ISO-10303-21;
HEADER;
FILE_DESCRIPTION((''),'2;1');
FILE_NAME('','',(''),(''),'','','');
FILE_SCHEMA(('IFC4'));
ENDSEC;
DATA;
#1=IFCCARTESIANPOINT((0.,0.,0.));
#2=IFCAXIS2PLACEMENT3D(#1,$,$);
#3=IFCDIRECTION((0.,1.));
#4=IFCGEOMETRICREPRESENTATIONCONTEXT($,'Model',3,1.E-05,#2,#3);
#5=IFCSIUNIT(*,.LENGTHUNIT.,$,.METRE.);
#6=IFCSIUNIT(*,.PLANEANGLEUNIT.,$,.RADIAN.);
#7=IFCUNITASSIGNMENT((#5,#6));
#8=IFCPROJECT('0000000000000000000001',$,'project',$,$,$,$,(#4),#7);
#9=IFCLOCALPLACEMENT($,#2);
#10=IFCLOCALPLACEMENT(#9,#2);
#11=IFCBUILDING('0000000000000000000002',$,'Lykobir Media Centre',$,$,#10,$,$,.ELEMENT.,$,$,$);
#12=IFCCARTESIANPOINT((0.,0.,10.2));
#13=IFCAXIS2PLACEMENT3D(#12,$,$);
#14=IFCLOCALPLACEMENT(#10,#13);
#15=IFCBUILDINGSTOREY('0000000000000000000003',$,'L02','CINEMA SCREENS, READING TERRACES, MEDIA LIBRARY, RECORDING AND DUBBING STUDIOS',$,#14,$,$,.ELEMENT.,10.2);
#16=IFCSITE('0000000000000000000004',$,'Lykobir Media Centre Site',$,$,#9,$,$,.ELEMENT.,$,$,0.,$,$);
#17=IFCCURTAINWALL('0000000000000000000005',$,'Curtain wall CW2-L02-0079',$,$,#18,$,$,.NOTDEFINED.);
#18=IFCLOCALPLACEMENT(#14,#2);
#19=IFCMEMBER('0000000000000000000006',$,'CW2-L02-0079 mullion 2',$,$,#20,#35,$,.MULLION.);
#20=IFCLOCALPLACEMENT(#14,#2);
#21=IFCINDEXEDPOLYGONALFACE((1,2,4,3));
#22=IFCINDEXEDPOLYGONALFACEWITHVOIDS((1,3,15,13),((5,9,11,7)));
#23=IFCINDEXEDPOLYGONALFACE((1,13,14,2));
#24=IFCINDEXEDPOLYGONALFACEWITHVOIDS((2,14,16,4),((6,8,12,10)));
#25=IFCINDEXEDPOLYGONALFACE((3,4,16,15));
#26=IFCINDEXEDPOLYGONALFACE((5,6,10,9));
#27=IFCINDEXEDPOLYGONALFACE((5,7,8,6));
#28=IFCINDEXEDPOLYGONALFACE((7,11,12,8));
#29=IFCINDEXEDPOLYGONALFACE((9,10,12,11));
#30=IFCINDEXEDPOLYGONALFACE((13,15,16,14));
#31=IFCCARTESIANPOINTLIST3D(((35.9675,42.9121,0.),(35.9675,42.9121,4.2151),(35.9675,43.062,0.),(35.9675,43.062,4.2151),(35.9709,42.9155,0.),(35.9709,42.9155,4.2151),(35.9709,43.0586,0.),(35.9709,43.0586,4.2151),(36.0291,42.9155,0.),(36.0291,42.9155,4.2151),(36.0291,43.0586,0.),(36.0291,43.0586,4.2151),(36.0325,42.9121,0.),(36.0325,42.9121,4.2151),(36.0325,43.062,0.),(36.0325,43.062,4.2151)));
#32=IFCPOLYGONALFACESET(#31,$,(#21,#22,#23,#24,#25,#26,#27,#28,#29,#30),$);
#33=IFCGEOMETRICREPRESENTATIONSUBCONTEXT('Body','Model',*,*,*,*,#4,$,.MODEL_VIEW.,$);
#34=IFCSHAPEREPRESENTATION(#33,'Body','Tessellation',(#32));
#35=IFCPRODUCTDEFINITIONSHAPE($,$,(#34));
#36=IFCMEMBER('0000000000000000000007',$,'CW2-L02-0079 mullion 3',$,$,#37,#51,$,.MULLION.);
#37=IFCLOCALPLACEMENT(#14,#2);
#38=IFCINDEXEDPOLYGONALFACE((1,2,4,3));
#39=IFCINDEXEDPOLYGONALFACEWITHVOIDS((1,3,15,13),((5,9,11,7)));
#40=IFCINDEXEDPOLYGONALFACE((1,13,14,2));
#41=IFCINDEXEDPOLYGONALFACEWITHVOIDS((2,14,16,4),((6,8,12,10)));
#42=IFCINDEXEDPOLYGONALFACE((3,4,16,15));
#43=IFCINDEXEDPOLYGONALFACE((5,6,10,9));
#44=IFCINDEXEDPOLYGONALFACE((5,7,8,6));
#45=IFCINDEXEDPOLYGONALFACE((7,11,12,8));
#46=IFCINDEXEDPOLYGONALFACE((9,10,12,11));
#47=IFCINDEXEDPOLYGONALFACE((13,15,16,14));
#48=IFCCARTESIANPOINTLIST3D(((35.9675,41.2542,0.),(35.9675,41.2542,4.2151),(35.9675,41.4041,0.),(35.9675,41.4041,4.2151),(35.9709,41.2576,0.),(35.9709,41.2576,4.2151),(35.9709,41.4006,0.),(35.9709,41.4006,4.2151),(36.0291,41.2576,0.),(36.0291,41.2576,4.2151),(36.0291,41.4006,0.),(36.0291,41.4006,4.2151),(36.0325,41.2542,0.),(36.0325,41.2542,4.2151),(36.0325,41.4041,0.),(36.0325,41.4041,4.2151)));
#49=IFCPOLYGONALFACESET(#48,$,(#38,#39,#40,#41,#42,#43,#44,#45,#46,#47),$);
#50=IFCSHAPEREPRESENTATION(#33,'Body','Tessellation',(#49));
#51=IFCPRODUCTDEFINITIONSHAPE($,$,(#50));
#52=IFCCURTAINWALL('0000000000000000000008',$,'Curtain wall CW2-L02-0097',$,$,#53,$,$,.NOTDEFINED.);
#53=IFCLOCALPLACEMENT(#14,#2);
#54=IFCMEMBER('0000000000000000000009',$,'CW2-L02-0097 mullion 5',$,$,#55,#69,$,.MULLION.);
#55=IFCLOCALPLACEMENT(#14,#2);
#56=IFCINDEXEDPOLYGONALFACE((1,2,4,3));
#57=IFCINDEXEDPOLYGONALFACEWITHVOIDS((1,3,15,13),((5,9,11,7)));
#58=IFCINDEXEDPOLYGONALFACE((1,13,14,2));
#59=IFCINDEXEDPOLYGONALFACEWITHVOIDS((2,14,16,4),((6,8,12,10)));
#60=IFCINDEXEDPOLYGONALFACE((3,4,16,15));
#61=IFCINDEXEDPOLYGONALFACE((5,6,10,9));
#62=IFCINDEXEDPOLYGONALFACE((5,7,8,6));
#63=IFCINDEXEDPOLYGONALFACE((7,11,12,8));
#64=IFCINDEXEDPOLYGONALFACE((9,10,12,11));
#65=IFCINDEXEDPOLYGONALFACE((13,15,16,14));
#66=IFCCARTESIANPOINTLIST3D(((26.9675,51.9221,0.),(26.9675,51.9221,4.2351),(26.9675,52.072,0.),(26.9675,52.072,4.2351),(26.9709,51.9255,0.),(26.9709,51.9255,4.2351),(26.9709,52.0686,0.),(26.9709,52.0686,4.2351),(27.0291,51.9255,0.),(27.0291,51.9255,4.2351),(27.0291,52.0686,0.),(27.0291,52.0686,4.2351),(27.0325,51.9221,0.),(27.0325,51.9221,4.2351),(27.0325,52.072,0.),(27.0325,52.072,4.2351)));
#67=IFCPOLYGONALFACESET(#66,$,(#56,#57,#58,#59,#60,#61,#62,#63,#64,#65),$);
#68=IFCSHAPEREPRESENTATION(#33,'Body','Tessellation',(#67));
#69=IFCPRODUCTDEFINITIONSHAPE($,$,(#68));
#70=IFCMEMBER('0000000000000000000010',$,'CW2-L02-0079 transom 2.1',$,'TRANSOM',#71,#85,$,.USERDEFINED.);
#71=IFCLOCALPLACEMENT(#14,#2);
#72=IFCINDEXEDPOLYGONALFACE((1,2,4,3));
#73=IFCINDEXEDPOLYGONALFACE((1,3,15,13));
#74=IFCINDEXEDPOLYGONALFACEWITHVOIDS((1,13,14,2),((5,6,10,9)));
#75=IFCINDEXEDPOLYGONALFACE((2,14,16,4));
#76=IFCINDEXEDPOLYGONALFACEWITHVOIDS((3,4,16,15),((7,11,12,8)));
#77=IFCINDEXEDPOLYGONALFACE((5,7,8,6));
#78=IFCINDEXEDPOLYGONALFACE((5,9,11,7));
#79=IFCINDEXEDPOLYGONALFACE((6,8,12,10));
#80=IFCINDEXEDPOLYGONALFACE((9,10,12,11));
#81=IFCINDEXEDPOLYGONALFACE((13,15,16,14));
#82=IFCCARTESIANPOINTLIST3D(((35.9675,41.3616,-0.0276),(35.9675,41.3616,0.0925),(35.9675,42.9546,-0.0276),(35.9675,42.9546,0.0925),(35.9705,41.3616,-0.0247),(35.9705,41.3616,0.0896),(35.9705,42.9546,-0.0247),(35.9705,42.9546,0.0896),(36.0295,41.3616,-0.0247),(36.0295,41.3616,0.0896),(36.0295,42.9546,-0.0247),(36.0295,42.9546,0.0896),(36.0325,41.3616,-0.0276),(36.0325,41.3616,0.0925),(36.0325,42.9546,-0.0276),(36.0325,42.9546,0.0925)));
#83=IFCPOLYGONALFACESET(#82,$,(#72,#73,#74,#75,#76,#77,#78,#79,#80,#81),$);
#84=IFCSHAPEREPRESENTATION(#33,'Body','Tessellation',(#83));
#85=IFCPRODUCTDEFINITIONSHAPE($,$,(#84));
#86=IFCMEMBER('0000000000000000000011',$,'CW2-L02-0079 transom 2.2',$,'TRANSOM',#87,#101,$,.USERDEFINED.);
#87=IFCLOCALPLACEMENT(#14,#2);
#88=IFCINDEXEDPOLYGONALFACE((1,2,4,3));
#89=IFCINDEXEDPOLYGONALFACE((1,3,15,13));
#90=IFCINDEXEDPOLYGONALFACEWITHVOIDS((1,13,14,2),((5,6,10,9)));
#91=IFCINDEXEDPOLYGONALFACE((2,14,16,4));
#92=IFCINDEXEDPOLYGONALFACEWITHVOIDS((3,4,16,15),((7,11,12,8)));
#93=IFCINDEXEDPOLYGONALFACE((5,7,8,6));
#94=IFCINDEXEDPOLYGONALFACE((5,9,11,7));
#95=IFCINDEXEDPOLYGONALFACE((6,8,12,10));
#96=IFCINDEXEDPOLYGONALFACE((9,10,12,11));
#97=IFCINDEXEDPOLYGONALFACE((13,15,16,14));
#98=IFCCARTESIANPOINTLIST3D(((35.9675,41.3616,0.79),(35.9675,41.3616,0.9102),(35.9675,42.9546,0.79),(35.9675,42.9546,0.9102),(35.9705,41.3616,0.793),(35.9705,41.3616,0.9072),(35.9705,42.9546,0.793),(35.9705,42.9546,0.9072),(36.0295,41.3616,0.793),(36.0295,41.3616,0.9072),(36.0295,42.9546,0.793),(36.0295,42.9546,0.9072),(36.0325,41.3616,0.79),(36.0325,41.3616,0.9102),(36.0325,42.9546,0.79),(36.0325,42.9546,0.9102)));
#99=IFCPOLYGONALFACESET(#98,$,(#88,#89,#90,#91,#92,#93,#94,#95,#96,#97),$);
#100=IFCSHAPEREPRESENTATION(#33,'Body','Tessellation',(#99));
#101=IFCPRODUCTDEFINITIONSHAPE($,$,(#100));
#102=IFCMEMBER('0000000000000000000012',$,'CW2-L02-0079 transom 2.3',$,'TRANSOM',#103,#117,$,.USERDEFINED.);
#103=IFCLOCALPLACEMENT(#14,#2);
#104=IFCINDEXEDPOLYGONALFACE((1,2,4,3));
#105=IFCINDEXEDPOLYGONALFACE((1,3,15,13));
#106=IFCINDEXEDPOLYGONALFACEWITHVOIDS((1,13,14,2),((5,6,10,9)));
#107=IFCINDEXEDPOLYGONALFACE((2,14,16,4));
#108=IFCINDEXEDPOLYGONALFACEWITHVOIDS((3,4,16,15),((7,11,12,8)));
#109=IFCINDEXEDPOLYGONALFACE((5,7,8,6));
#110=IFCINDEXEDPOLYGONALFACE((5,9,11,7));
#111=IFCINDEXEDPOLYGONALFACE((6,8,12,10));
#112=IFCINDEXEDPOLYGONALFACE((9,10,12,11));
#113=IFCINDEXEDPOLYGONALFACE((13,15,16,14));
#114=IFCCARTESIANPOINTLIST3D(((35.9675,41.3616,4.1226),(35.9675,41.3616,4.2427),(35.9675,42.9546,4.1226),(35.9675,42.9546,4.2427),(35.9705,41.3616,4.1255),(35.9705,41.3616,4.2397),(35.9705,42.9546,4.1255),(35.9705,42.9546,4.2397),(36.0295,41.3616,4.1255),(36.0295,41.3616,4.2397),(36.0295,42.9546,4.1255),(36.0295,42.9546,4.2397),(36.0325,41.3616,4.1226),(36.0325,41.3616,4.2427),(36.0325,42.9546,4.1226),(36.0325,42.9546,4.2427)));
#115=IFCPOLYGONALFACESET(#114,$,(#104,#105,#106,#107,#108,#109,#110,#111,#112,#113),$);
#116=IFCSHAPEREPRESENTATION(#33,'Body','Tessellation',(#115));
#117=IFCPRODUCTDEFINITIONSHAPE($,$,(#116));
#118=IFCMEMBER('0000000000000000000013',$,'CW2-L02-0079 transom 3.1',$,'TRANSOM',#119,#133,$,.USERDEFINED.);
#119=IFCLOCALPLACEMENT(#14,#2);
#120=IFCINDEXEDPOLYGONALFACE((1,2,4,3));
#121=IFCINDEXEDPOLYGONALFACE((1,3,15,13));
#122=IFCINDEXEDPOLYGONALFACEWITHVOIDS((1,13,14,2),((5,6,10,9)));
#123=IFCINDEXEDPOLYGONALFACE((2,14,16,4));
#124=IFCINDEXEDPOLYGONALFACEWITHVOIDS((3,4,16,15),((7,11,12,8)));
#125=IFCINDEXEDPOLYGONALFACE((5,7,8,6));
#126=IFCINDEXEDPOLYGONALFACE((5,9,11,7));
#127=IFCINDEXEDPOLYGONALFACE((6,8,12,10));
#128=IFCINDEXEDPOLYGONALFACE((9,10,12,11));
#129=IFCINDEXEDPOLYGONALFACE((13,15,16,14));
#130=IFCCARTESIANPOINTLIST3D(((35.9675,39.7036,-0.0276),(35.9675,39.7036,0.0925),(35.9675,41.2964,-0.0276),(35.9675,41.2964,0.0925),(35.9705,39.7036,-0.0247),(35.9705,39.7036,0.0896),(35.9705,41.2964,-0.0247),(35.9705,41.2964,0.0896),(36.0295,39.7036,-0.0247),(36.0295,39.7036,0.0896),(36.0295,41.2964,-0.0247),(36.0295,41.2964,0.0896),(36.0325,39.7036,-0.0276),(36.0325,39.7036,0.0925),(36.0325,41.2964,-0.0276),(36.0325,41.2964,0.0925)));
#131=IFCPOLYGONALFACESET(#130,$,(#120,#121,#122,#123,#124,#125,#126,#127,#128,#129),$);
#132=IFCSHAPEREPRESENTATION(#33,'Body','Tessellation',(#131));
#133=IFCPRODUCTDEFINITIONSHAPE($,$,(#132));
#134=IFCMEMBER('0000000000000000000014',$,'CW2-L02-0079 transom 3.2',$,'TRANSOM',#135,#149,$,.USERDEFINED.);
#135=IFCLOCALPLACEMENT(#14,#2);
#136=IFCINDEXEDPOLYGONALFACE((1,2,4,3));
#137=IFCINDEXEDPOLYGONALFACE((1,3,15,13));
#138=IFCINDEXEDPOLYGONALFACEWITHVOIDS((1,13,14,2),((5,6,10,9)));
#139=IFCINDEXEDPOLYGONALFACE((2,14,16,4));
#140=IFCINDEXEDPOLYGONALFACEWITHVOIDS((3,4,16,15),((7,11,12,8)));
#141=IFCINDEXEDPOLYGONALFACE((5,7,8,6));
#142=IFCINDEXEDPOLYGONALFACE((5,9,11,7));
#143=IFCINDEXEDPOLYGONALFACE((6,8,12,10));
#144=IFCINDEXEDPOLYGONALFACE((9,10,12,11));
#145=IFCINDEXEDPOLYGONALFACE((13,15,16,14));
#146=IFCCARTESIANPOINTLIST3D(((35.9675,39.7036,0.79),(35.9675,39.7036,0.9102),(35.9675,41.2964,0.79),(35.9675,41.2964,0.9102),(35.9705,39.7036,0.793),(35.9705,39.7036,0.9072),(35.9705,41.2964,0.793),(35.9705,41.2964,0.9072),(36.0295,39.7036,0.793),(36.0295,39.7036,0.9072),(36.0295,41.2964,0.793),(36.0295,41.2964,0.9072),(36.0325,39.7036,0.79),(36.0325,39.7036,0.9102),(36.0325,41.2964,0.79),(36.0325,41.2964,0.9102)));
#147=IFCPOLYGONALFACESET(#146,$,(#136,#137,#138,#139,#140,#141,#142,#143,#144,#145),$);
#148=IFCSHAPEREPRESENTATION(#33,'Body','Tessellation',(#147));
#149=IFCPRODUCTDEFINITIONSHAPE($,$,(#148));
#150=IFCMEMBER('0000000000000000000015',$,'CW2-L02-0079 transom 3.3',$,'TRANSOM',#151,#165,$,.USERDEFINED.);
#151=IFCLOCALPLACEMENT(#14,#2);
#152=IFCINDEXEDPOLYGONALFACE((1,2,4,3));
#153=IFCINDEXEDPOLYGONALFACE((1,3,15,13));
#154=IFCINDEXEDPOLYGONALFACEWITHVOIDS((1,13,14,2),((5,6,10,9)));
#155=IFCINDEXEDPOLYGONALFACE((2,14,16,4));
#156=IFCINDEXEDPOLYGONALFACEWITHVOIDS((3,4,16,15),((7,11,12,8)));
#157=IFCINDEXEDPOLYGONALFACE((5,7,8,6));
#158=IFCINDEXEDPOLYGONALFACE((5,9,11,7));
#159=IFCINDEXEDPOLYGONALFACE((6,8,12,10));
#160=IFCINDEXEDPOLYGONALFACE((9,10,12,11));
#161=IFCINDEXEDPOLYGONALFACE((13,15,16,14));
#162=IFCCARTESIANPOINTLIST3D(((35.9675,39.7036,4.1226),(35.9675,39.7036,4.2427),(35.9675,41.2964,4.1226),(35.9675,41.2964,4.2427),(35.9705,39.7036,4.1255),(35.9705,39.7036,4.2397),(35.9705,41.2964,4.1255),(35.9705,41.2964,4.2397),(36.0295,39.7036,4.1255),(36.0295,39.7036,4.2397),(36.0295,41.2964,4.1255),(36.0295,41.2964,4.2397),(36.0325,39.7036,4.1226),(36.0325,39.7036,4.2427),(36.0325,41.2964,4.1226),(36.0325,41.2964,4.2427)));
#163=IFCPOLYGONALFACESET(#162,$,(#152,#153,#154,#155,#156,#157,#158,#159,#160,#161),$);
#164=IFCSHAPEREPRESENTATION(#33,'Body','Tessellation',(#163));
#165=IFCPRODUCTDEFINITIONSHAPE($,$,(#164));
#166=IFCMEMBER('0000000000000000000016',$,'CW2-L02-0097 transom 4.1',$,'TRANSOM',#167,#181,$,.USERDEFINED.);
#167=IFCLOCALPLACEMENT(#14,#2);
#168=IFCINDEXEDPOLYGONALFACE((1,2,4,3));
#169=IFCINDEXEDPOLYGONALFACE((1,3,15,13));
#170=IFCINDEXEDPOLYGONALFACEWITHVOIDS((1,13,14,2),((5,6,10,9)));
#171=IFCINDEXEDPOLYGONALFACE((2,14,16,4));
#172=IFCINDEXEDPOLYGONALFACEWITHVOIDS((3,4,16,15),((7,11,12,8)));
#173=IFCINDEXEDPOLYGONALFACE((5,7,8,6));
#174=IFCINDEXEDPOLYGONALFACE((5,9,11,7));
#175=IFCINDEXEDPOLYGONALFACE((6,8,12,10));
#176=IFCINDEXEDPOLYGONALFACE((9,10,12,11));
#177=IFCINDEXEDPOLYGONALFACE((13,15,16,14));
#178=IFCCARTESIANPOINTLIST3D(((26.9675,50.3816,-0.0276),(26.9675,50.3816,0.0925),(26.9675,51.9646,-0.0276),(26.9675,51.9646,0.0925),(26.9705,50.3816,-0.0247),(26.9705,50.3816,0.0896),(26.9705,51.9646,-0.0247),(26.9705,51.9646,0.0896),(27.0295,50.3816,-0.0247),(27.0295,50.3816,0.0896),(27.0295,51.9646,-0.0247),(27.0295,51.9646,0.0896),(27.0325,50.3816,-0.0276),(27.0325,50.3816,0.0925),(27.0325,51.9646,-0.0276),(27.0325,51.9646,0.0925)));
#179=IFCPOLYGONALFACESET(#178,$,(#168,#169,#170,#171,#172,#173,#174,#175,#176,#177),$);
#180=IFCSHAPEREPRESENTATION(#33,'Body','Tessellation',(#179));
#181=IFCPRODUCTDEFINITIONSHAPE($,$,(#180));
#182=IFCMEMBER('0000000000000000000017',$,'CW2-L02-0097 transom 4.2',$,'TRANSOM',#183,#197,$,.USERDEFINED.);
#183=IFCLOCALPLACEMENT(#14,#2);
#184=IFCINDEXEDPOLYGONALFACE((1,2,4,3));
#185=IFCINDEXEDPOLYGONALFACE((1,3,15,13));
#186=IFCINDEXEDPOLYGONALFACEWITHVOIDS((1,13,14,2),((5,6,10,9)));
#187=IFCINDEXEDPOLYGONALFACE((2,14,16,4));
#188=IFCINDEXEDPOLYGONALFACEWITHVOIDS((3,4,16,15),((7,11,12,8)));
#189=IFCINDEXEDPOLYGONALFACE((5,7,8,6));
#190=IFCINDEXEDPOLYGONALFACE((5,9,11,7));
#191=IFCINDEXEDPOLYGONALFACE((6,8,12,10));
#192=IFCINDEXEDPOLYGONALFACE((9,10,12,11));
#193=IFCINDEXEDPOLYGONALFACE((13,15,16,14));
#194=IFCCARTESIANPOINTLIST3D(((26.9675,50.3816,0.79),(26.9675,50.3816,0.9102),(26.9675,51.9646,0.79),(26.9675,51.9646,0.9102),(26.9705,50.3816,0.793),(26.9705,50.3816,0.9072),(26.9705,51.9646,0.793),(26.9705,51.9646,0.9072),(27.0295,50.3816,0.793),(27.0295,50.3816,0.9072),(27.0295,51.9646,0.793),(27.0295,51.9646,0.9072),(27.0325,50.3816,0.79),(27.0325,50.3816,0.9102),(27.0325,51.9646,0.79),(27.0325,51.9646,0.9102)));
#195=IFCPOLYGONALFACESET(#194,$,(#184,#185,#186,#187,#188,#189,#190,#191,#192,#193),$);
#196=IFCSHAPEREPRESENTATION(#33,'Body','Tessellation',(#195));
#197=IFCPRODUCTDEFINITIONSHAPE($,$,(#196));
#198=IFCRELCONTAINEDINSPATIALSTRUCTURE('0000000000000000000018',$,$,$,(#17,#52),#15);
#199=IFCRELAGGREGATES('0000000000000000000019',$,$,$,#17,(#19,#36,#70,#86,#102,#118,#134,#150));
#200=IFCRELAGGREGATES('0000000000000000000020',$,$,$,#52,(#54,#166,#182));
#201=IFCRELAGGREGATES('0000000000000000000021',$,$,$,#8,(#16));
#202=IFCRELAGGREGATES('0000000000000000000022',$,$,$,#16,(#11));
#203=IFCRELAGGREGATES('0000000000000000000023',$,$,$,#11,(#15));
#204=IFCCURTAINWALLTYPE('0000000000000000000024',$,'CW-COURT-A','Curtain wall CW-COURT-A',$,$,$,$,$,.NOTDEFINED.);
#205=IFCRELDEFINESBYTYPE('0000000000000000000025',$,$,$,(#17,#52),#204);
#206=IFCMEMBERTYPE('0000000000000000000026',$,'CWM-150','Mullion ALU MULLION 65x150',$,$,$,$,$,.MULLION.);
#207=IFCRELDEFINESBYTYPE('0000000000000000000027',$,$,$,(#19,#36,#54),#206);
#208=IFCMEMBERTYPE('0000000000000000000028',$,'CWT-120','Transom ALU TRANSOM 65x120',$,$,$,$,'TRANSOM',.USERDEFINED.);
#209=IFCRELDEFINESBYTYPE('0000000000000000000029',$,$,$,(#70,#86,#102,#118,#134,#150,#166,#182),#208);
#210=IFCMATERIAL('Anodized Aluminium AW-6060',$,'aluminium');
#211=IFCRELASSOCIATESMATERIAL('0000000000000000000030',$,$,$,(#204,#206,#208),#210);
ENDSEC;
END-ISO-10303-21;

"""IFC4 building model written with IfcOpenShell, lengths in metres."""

from ifc_helpers import new_model, si_unit, direction, frame, origin, origin_2d, place, context, subcontext, project, spatial, hollow_rectangle, extrude, material, material_profile, profile_set, type_object, element, aggregate, save


model = new_model("IFC4")

# Units and contexts
model_context = context("Model", 3, precision=1e-05, world=origin(), true_north=direction((0.0, 1.0)))
body_context = subcontext(model_context, "Body", "Model", "MODEL_VIEW")
ifc_project = project(units=[si_unit("LENGTHUNIT", "METRE"), si_unit("PLANEANGLEUNIT", "RADIAN")], contexts=[model_context])

# Site, building, storey
site_placement = place(None, origin())
site = spatial("IfcSite", under=ifc_project, at=site_placement, Name="Lykobir Media Centre Site", CompositionType="ELEMENT", RefElevation=0.0)
building_placement = place(site_placement, origin())
building = spatial("IfcBuilding", under=site, at=building_placement, Name="Lykobir Media Centre", CompositionType="ELEMENT")
storey_placement = place(building_placement, frame((0.0, 0.0, 10.2)))
storey = spatial("IfcBuildingStorey", under=building, at=storey_placement, Name="L02", Description="CINEMA SCREENS, READING TERRACES, MEDIA LIBRARY, RECORDING AND DUBBING STUDIOS", CompositionType="ELEMENT", Elevation=10.2)

# Curtain wall, members
ifc_material_1 = material(Name="Anodized Aluminium AW-6060", Category="aluminium")
curtain_wall_type = type_object("IfcCurtainWallType", Name="CW-COURT-A", Description="Curtain wall CW-COURT-A", PredefinedType="NOTDEFINED", material=ifc_material_1)
curtain_wall_1_placement = place(storey_placement, origin())
curtain_wall_1 = element("IfcCurtainWall", 1, at=curtain_wall_1_placement, inside=storey, type_object=curtain_wall_type, Name="Curtain wall CW2-L02-0079", PredefinedType="NOTDEFINED")
ifc_material_profile_1 = material_profile(ifc_material_1, hollow_rectangle(XDim=0.0649, YDim=0.1499, WallThickness=0.0034, at=origin_2d()), Name="ALU MULLION 65x150")
ifc_profile_set_1 = profile_set([ifc_material_profile_1], Name="Anodized Aluminium AW-6060")
member_type_1 = type_object("IfcMemberType", Name="CWM-150", Description="Mullion ALU MULLION 65x150", PredefinedType="MULLION", material=ifc_profile_set_1)
member_1_placement = place(storey_placement, frame((36.0, 42.9871, 0.0), z_axis=(0.0, 0.0, 1.0), x_axis=(1.0, 0.0, 0.0)))
member_1 = element("IfcMember", 2, at=member_1_placement, type_object=member_type_1, Name="CW2-L02-0079 mullion 2", PredefinedType="MULLION", context=body_context, shape_type="SweptSolid", body=[
    extrude(hollow_rectangle(XDim=0.0649, YDim=0.1499, WallThickness=0.0034, at=origin_2d()), origin(), (0.0, 0.0, 1.0), 4.2151),
])
member_2_placement = place(storey_placement, frame((36.0, 41.3291, 0.0), z_axis=(0.0, 0.0, 1.0), x_axis=(1.0, 0.0, 0.0)))
member_2 = element("IfcMember", 3, at=member_2_placement, type_object=member_type_1, Name="CW2-L02-0079 mullion 3", PredefinedType="MULLION", context=body_context, shape_type="SweptSolid", body=[
    extrude(hollow_rectangle(XDim=0.0649, YDim=0.1499, WallThickness=0.0034, at=origin_2d()), origin(), (0.0, 0.0, 1.0), 4.2151),
])

# Curtain wall, member
curtain_wall_2_placement = place(storey_placement, origin())
curtain_wall_2 = element("IfcCurtainWall", 4, at=curtain_wall_2_placement, inside=storey, type_object=curtain_wall_type, Name="Curtain wall CW2-L02-0097", PredefinedType="NOTDEFINED")
member_3_placement = place(storey_placement, frame((27.0, 51.9971, 0.0), z_axis=(0.0, 0.0, 1.0), x_axis=(-1.0, 0.0, 0.0)))
member_3 = element("IfcMember", 5, at=member_3_placement, type_object=member_type_1, Name="CW2-L02-0097 mullion 5", PredefinedType="MULLION", context=body_context, shape_type="SweptSolid", body=[
    extrude(hollow_rectangle(XDim=0.0649, YDim=0.1499, WallThickness=0.0034, at=origin_2d()), origin(), (0.0, 0.0, 1.0), 4.2351),
])

# Members
ifc_material_profile_2 = material_profile(ifc_material_1, hollow_rectangle(XDim=0.0649, YDim=0.1201, WallThickness=0.0029, at=origin_2d()), Name="ALU TRANSOM 65x120")
ifc_profile_set_2 = profile_set([ifc_material_profile_2], Name="Anodized Aluminium AW-6060")
member_type_2 = type_object("IfcMemberType", Name="CWT-120", Description="Transom ALU TRANSOM 65x120", ElementType="TRANSOM", PredefinedType="USERDEFINED", material=ifc_profile_set_2)
member_4_placement = place(storey_placement, frame((36.0, 42.9546, 0.0325), z_axis=(0.0, -1.0, 0.0), x_axis=(1.0, 0.0, 0.0)))
member_4 = element("IfcMember", 6, at=member_4_placement, type_object=member_type_2, Name="CW2-L02-0079 transom 2.1", ObjectType="TRANSOM", PredefinedType="USERDEFINED", context=body_context, shape_type="SweptSolid", body=[
    extrude(hollow_rectangle(XDim=0.0649, YDim=0.1201, WallThickness=0.0029, at=origin_2d()), origin(), (0.0, 0.0, 1.0), 1.593),
])
member_5_placement = place(storey_placement, frame((36.0, 42.9546, 0.8501), z_axis=(0.0, -1.0, 0.0), x_axis=(1.0, 0.0, 0.0)))
member_5 = element("IfcMember", 7, at=member_5_placement, type_object=member_type_2, Name="CW2-L02-0079 transom 2.2", ObjectType="TRANSOM", PredefinedType="USERDEFINED", context=body_context, shape_type="SweptSolid", body=[
    extrude(hollow_rectangle(XDim=0.0649, YDim=0.1201, WallThickness=0.0029, at=origin_2d()), origin(), (0.0, 0.0, 1.0), 1.593),
])
member_6_placement = place(storey_placement, frame((36.0, 42.9546, 4.1826), z_axis=(0.0, -1.0, 0.0), x_axis=(1.0, 0.0, 0.0)))
member_6 = element("IfcMember", 8, at=member_6_placement, type_object=member_type_2, Name="CW2-L02-0079 transom 2.3", ObjectType="TRANSOM", PredefinedType="USERDEFINED", context=body_context, shape_type="SweptSolid", body=[
    extrude(hollow_rectangle(XDim=0.0649, YDim=0.1201, WallThickness=0.0029, at=origin_2d()), origin(), (0.0, 0.0, 1.0), 1.593),
])
member_7_placement = place(storey_placement, frame((36.0, 41.2964, 0.0325), z_axis=(0.0, -1.0, 0.0), x_axis=(1.0, 0.0, 0.0)))
member_7 = element("IfcMember", 9, at=member_7_placement, type_object=member_type_2, Name="CW2-L02-0079 transom 3.1", ObjectType="TRANSOM", PredefinedType="USERDEFINED", context=body_context, shape_type="SweptSolid", body=[
    extrude(hollow_rectangle(XDim=0.0649, YDim=0.1201, WallThickness=0.0029, at=origin_2d()), origin(), (0.0, 0.0, 1.0), 1.5928),
])
member_8_placement = place(storey_placement, frame((36.0, 41.2964, 0.8501), z_axis=(0.0, -1.0, 0.0), x_axis=(1.0, 0.0, 0.0)))
member_8 = element("IfcMember", 10, at=member_8_placement, type_object=member_type_2, Name="CW2-L02-0079 transom 3.2", ObjectType="TRANSOM", PredefinedType="USERDEFINED", context=body_context, shape_type="SweptSolid", body=[
    extrude(hollow_rectangle(XDim=0.0649, YDim=0.1201, WallThickness=0.0029, at=origin_2d()), origin(), (0.0, 0.0, 1.0), 1.5928),
])
member_9_placement = place(storey_placement, frame((36.0, 41.2964, 4.1826), z_axis=(0.0, -1.0, 0.0), x_axis=(1.0, 0.0, 0.0)))
member_9 = element("IfcMember", 11, at=member_9_placement, type_object=member_type_2, Name="CW2-L02-0079 transom 3.3", ObjectType="TRANSOM", PredefinedType="USERDEFINED", context=body_context, shape_type="SweptSolid", body=[
    extrude(hollow_rectangle(XDim=0.0649, YDim=0.1201, WallThickness=0.0029, at=origin_2d()), origin(), (0.0, 0.0, 1.0), 1.5928),
])
member_10_placement = place(storey_placement, frame((27.0, 50.3816, 0.0325), z_axis=(0.0, 1.0, 0.0), x_axis=(-1.0, 0.0, 0.0)))
member_10 = element("IfcMember", 12, at=member_10_placement, type_object=member_type_2, Name="CW2-L02-0097 transom 4.1", ObjectType="TRANSOM", PredefinedType="USERDEFINED", context=body_context, shape_type="SweptSolid", body=[
    extrude(hollow_rectangle(XDim=0.0649, YDim=0.1201, WallThickness=0.0029, at=origin_2d()), origin(), (0.0, 0.0, 1.0), 1.583),
])
member_11_placement = place(storey_placement, frame((27.0, 50.3816, 0.8501), z_axis=(0.0, 1.0, 0.0), x_axis=(-1.0, 0.0, 0.0)))
member_11 = element("IfcMember", 13, at=member_11_placement, type_object=member_type_2, Name="CW2-L02-0097 transom 4.2", ObjectType="TRANSOM", PredefinedType="USERDEFINED", context=body_context, shape_type="SweptSolid", body=[
    extrude(hollow_rectangle(XDim=0.0649, YDim=0.1201, WallThickness=0.0029, at=origin_2d()), origin(), (0.0, 0.0, 1.0), 1.583),
])

aggregate(curtain_wall_1, [member_1, member_2, member_4, member_5, member_6, member_7, member_8, member_9])
aggregate(curtain_wall_2, [member_3, member_10, member_11])

save(model, "model.ifc")
